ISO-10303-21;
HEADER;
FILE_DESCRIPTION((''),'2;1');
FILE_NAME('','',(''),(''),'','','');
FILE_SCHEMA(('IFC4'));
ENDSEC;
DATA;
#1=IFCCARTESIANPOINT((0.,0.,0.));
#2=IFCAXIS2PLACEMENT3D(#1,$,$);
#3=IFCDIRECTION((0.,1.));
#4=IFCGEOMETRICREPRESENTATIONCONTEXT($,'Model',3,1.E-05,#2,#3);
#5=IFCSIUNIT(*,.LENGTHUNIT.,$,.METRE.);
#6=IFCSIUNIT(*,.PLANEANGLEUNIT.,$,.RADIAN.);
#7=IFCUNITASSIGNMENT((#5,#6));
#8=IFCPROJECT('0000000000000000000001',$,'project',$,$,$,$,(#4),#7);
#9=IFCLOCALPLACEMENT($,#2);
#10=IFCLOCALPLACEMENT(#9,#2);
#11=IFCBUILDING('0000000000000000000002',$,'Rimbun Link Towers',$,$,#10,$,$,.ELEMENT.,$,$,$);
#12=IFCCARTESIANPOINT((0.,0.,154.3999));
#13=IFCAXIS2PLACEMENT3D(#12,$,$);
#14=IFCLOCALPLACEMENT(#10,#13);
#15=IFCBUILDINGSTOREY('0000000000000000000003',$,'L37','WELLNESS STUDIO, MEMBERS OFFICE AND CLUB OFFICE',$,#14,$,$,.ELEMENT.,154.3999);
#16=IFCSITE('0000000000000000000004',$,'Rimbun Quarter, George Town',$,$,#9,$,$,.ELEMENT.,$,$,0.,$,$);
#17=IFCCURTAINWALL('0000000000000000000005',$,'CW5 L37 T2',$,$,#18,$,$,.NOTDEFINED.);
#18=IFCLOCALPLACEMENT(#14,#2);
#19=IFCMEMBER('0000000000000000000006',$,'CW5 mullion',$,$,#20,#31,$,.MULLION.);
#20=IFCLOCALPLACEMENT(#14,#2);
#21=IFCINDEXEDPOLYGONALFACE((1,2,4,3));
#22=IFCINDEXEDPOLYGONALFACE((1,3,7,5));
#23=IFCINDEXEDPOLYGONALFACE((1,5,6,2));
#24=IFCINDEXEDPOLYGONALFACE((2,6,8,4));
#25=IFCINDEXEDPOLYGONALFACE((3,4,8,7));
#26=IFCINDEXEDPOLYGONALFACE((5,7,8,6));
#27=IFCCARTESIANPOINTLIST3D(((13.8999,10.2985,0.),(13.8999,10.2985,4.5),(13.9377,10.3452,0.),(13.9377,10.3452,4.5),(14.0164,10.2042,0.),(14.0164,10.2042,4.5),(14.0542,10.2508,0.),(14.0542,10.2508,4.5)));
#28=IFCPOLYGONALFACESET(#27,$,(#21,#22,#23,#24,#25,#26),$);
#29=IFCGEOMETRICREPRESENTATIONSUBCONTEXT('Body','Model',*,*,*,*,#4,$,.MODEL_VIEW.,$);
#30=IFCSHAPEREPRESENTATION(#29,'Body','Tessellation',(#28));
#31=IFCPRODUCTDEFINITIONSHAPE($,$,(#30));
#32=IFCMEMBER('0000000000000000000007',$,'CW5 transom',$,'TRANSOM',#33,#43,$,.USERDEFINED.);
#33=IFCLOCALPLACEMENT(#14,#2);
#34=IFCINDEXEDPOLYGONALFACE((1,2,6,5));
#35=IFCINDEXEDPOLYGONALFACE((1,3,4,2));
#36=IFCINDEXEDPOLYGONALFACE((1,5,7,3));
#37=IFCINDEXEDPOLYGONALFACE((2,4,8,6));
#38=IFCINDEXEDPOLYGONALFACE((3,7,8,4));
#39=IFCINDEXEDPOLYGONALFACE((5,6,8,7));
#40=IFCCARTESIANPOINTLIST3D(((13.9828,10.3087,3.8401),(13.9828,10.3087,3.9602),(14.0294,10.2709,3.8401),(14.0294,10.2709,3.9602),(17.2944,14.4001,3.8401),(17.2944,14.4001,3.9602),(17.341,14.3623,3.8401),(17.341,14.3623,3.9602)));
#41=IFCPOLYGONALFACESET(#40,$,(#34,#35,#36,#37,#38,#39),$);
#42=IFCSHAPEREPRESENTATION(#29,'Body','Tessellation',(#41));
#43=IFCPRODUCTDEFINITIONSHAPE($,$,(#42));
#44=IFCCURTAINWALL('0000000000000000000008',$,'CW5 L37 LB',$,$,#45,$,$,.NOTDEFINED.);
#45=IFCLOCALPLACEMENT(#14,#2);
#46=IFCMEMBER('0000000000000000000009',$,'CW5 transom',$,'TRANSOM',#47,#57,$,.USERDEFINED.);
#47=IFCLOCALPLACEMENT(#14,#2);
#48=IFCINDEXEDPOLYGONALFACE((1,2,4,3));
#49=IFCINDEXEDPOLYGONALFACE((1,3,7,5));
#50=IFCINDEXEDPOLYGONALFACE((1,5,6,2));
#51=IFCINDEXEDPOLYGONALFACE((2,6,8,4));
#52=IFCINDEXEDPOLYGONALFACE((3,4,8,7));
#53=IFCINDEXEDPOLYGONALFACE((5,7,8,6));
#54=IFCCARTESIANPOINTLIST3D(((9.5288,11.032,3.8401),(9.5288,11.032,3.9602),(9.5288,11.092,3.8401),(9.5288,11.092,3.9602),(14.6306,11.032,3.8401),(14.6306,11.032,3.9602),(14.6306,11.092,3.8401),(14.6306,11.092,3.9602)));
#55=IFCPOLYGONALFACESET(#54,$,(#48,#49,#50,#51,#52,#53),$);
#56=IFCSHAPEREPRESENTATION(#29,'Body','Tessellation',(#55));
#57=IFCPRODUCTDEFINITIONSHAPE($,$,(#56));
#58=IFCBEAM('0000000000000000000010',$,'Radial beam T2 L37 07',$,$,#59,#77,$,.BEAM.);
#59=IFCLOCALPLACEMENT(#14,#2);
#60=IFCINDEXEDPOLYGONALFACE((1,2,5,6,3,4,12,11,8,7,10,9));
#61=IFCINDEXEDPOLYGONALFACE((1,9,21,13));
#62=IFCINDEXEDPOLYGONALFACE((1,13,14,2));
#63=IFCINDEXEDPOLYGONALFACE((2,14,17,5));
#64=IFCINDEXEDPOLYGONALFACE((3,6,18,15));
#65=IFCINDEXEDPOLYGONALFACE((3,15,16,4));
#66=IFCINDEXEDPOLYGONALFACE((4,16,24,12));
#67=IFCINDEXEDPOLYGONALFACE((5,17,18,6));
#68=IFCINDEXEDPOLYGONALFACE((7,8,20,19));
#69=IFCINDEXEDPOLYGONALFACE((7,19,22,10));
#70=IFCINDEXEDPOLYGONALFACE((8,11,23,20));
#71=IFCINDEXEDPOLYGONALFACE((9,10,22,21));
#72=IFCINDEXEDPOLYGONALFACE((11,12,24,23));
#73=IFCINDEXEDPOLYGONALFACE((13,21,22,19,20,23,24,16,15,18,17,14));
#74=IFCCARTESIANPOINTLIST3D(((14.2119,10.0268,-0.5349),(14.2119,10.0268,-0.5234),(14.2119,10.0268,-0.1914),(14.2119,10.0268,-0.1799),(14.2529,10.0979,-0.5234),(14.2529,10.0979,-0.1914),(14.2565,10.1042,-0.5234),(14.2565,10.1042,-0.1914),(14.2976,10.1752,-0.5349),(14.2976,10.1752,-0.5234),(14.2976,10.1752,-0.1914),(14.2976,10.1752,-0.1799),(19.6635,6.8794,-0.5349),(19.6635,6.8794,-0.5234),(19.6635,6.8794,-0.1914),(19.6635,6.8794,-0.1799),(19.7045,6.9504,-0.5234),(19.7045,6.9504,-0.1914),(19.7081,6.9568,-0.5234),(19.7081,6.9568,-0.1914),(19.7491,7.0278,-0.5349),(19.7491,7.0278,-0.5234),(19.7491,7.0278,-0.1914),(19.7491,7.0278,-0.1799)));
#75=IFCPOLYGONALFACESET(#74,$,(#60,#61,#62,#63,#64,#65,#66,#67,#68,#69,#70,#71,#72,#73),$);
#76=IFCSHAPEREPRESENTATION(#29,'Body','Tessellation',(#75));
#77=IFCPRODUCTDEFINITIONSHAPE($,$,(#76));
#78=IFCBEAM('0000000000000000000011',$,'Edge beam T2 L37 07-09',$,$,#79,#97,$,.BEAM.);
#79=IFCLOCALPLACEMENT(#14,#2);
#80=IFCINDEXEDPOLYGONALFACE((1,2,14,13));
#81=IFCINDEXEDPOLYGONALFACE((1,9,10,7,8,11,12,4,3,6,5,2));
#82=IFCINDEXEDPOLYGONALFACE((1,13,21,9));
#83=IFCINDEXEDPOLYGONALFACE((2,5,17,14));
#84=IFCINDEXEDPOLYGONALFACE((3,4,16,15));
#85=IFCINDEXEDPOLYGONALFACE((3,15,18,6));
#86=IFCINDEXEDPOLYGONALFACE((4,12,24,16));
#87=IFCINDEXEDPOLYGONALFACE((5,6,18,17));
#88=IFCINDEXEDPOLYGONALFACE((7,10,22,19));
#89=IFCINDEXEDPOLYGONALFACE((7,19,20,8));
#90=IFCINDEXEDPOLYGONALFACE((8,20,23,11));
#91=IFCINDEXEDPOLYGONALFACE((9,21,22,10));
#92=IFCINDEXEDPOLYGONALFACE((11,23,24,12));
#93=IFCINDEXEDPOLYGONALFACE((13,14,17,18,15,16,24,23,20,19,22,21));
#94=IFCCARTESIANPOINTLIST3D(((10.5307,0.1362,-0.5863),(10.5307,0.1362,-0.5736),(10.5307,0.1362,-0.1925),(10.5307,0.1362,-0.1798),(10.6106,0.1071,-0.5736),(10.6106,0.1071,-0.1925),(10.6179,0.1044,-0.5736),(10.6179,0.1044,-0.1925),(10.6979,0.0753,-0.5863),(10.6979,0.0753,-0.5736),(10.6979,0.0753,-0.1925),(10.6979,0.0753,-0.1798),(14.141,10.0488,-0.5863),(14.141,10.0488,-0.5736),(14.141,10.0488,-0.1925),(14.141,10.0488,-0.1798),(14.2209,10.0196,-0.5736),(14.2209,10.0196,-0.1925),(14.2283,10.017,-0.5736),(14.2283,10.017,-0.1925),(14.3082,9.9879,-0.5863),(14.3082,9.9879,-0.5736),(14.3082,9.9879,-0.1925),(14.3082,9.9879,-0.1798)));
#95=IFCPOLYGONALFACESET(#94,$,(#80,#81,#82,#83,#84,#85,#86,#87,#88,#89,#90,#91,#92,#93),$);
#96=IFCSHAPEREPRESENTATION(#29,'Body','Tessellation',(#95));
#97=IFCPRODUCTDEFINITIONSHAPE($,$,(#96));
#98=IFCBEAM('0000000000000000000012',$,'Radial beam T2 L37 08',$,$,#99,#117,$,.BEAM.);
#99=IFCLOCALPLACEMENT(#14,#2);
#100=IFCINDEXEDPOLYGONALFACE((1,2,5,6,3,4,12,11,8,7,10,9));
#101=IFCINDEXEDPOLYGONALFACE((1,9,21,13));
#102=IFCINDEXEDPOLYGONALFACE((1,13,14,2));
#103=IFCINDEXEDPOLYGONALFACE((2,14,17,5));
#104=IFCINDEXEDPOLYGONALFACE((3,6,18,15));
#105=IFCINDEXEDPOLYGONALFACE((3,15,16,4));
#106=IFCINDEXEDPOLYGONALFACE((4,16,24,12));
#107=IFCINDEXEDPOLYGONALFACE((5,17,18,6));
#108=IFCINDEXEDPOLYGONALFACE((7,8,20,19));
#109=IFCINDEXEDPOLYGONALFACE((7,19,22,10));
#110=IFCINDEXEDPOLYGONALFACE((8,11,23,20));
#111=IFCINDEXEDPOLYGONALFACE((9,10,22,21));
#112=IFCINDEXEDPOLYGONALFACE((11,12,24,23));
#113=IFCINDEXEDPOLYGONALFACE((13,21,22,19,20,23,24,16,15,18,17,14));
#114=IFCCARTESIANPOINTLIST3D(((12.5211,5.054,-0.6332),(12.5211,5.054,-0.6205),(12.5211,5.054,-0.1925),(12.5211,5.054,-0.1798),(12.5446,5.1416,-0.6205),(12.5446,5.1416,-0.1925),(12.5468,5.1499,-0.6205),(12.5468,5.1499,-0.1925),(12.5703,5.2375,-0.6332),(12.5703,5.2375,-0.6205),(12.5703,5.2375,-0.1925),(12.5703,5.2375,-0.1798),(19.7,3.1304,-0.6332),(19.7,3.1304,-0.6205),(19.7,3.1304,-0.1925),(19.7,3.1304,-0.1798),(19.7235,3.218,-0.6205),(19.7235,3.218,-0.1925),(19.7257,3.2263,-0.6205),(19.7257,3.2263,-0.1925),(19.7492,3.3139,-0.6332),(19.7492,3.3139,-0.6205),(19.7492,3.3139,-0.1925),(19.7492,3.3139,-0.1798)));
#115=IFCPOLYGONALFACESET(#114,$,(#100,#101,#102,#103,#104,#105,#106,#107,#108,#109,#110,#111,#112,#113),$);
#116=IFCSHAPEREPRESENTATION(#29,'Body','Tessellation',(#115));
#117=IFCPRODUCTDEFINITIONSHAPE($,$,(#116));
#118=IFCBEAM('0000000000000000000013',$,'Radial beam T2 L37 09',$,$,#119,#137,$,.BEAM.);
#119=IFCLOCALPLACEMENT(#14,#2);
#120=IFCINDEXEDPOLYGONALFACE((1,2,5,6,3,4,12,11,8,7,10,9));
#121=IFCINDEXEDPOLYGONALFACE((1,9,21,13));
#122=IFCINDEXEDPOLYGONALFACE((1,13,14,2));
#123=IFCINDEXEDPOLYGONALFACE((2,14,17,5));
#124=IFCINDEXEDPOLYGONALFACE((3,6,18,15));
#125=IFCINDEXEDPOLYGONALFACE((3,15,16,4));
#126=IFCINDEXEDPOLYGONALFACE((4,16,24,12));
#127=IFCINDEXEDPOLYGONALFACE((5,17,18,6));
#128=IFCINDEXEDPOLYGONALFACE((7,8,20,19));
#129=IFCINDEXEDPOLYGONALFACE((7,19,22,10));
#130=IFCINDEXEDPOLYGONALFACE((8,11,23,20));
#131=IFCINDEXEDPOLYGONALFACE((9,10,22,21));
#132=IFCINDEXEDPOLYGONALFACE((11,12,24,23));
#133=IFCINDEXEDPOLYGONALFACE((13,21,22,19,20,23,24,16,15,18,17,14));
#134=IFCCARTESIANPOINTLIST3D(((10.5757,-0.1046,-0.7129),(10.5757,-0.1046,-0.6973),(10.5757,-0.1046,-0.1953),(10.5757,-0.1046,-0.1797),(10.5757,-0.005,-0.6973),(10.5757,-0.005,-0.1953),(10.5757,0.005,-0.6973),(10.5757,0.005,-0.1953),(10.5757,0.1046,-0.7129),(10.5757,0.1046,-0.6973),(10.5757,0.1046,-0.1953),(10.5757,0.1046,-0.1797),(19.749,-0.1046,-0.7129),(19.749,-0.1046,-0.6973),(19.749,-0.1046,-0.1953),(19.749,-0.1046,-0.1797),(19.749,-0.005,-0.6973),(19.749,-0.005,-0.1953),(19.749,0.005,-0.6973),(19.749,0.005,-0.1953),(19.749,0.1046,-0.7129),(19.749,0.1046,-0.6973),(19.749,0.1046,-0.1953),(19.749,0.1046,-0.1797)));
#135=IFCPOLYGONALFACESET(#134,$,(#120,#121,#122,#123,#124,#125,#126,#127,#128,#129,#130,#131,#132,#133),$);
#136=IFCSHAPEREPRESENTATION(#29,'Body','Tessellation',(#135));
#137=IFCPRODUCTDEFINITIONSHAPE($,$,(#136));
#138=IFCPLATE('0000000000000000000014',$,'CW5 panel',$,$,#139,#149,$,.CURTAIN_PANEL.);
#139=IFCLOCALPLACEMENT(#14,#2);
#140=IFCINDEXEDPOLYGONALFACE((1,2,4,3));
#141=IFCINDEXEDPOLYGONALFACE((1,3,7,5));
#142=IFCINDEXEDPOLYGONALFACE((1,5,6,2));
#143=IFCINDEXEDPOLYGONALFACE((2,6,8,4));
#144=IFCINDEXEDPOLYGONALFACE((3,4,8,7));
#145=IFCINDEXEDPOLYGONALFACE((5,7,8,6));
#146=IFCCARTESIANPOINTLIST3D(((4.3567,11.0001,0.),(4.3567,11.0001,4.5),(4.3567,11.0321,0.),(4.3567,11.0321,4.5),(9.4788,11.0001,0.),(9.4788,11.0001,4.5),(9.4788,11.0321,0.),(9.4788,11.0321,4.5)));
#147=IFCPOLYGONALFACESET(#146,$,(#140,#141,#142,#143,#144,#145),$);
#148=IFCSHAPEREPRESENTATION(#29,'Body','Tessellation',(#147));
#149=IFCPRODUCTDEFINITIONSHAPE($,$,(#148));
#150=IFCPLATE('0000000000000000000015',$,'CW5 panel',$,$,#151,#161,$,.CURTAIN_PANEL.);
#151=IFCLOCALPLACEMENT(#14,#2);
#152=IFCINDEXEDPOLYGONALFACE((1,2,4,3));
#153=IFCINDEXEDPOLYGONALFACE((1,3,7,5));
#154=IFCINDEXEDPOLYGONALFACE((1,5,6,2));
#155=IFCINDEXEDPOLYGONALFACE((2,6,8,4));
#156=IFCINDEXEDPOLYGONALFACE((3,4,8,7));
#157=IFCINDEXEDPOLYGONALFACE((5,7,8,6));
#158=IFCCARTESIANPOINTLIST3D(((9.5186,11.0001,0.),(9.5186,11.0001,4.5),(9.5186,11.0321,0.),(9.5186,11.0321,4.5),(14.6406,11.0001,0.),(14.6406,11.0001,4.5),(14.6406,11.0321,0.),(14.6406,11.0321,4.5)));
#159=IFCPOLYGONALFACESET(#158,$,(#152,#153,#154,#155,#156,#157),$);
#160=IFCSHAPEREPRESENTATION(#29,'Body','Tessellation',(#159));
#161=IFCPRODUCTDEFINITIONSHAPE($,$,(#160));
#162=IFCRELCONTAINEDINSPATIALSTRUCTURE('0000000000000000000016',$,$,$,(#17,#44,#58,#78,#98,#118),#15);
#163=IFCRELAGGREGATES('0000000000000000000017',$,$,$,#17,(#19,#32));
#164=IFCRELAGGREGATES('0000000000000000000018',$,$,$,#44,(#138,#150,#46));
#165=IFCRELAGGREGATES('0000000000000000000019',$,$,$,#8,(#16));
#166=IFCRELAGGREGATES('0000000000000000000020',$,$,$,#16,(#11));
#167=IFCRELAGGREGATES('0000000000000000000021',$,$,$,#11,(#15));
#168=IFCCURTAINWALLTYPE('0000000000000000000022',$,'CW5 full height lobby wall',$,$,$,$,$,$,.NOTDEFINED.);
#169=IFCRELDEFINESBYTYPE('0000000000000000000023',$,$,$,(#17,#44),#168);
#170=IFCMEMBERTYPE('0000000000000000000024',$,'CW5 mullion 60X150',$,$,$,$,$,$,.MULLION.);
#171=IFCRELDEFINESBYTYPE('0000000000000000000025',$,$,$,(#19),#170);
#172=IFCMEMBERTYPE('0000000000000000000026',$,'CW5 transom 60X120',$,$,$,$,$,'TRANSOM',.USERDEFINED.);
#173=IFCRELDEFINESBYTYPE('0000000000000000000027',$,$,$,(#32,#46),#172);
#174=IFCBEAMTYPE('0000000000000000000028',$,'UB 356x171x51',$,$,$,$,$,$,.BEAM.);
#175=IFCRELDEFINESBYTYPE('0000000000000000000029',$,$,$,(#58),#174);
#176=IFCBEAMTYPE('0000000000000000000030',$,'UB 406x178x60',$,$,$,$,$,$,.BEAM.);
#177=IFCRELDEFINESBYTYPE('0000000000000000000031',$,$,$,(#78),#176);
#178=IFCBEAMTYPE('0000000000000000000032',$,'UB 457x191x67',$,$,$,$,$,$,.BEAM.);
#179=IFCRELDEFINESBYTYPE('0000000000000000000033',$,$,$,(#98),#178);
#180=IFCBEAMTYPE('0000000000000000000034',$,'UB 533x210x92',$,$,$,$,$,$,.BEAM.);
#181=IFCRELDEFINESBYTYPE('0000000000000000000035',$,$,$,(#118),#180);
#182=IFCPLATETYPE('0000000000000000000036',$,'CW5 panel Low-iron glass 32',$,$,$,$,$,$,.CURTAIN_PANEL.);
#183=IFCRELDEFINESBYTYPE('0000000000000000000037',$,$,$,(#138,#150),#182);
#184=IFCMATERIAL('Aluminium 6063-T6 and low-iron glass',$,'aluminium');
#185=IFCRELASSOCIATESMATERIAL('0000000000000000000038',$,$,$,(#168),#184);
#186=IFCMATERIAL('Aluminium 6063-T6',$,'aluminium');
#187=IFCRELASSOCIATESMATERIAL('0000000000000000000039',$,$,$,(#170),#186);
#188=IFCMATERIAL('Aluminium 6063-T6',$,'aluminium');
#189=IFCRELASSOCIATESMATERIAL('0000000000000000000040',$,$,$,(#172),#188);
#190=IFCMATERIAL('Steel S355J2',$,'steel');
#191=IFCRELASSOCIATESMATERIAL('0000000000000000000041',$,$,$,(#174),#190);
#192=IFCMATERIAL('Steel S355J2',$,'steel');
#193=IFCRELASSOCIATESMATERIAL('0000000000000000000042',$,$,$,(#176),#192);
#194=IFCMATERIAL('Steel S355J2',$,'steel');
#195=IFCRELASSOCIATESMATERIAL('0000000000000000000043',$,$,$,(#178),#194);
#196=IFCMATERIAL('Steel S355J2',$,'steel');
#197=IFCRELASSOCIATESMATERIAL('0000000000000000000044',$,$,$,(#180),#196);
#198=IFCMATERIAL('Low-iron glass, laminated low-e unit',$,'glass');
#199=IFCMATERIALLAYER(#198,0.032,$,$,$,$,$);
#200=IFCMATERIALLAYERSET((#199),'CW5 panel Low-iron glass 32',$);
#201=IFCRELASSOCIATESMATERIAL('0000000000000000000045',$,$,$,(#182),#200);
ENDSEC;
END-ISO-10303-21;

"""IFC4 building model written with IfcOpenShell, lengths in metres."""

from ifc_helpers import new_model, si_unit, direction, frame, origin, origin_2d, place, context, subcontext, project, spatial, rectangle, i_section, extrude, material, layer, layer_set, material_profile, profile_set, type_object, element, aggregate, save


model = new_model("IFC4")

# Units and contexts
model_context = context("Model", 3, precision=1e-05, world=origin(), true_north=direction((0.0, 1.0)))
body_context = subcontext(model_context, "Body", "Model", "MODEL_VIEW")
ifc_project = project(units=[si_unit("LENGTHUNIT", "METRE"), si_unit("PLANEANGLEUNIT", "RADIAN")], contexts=[model_context])

# Site, building, storey
site_placement = place(None, origin())
site = spatial("IfcSite", under=ifc_project, at=site_placement, Name="Rimbun Quarter, George Town", CompositionType="ELEMENT", RefElevation=0.0)
building_placement = place(site_placement, origin())
building = spatial("IfcBuilding", under=site, at=building_placement, Name="Rimbun Link Towers", CompositionType="ELEMENT")
storey_placement = place(building_placement, frame((0.0, 0.0, 154.3999)))
storey = spatial("IfcBuildingStorey", under=building, at=storey_placement, Name="L37", Description="WELLNESS STUDIO, MEMBERS OFFICE AND CLUB OFFICE", CompositionType="ELEMENT", Elevation=154.3999)

# Curtain wall, members
ifc_material_1 = material(Name="Aluminium 6063-T6 and low-iron glass", Category="aluminium")
curtain_wall_type = type_object("IfcCurtainWallType", Name="CW5 full height lobby wall", PredefinedType="NOTDEFINED", material=ifc_material_1)
curtain_wall_1_placement = place(storey_placement, origin())
curtain_wall_1 = element("IfcCurtainWall", 1, at=curtain_wall_1_placement, inside=storey, type_object=curtain_wall_type, Name="CW5 L37 T2", PredefinedType="NOTDEFINED")
ifc_material_2 = material(Name="Aluminium 6063-T6", Category="aluminium")
ifc_material_profile_1 = material_profile(ifc_material_2, rectangle(XDim=0.1499, YDim=0.0601, at=origin_2d()), Name="MULLION 60X150")
ifc_profile_set_1 = profile_set([ifc_material_profile_1], Name="Aluminium 6063-T6")
member_type_1 = type_object("IfcMemberType", Name="CW5 mullion 60X150", PredefinedType="MULLION", material=ifc_profile_set_1)
member_1_placement = place(storey_placement, frame((13.9771, 10.2747, 0.0), z_axis=(0.0, 0.0, 1.0), x_axis=(-0.777277, 0.629159, 0.0)))
member_1 = element("IfcMember", 2, at=member_1_placement, type_object=member_type_1, Name="CW5 mullion", PredefinedType="MULLION", context=body_context, shape_type="SweptSolid", body=[
    extrude(rectangle(XDim=0.1499, YDim=0.0601, at=origin_2d()), origin(), (0.0, 0.0, 1.0), 4.5),
])
ifc_material_3 = material(Name="Aluminium 6063-T6", Category="aluminium")
ifc_material_profile_2 = material_profile(ifc_material_3, rectangle(XDim=0.0601, YDim=0.1201, at=origin_2d()), Name="TRANSOM 60X120")
ifc_profile_set_2 = profile_set([ifc_material_profile_2], Name="Aluminium 6063-T6")
member_type_2 = type_object("IfcMemberType", Name="CW5 transom 60X120", ElementType="TRANSOM", PredefinedType="USERDEFINED", material=ifc_profile_set_2)
member_2_placement = place(storey_placement, frame((14.0061, 10.2898, 3.9001), z_axis=(0.629142, 0.77729, 0.0), x_axis=(-0.77729, 0.629142, 0.0)))
member_2 = element("IfcMember", 3, at=member_2_placement, type_object=member_type_2, Name="CW5 transom", ObjectType="TRANSOM", PredefinedType="USERDEFINED", context=body_context, shape_type="SweptSolid", body=[
    extrude(rectangle(XDim=0.0601, YDim=0.1201, at=origin_2d()), origin(), (0.0, 0.0, 1.0), 5.2637),
])
aggregate(curtain_wall_1, [member_1, member_2])

# Curtain wall, member
curtain_wall_2_placement = place(storey_placement, origin())
curtain_wall_2 = element("IfcCurtainWall", 4, at=curtain_wall_2_placement, inside=storey, type_object=curtain_wall_type, Name="CW5 L37 LB", PredefinedType="NOTDEFINED")
member_3_placement = place(storey_placement, frame((9.5288, 11.062, 3.9001), z_axis=(1.0, 0.0, 0.0), x_axis=(0.0, 1.0, 0.0)))
member_3 = element("IfcMember", 5, at=member_3_placement, type_object=member_type_2, Name="CW5 transom", ObjectType="TRANSOM", PredefinedType="USERDEFINED", context=body_context, shape_type="SweptSolid", body=[
    extrude(rectangle(XDim=0.0601, YDim=0.1201, at=origin_2d()), origin(), (0.0, 0.0, 1.0), 5.1018),
])

# Beams
ifc_material_4 = material(Name="Steel S355J2", Category="steel")
ifc_material_profile_3 = material_profile(ifc_material_4, i_section(OverallWidth=0.1714, OverallDepth=0.355, WebThickness=0.0073, FlangeThickness=0.0115, at=origin_2d()), Name="UB 356x171x51")
ifc_profile_set_3 = profile_set([ifc_material_profile_3], Name="Steel S355J2")
beam_type_1 = type_object("IfcBeamType", Name="UB 356x171x51", PredefinedType="BEAM", material=ifc_profile_set_3)
beam_1_placement = place(storey_placement, frame((19.7063, 6.9536, -0.3574), z_axis=(-0.866029, 0.499993, 0.0), x_axis=(-0.499993, -0.866029, 0.0)))
element("IfcBeam", 6, at=beam_1_placement, inside=storey, type_object=beam_type_1, Name="Radial beam T2 L37 07", PredefinedType="BEAM", context=body_context, shape_type="SweptSolid", body=[
    extrude(i_section(OverallWidth=0.1714, OverallDepth=0.355, WebThickness=0.0073, FlangeThickness=0.0115, at=origin_2d()), origin(), (0.0, 0.0, 1.0), 6.2949),
])
ifc_material_5 = material(Name="Steel S355J2", Category="steel")
ifc_material_profile_4 = material_profile(ifc_material_5, i_section(OverallWidth=0.178, OverallDepth=0.4065, WebThickness=0.0078, FlangeThickness=0.0127, at=origin_2d()), Name="UB 406x178x60")
ifc_profile_set_4 = profile_set([ifc_material_profile_4], Name="Steel S355J2")
beam_type_2 = type_object("IfcBeamType", Name="UB 406x178x60", PredefinedType="BEAM", material=ifc_profile_set_4)
beam_2_placement = place(storey_placement, frame((14.2246, 10.0183, -0.3831), z_axis=(-0.342226, -0.939618, 0.0), x_axis=(0.939618, -0.342226, 0.0)))
element("IfcBeam", 7, at=beam_2_placement, inside=storey, type_object=beam_type_2, Name="Edge beam T2 L37 07-09", PredefinedType="BEAM", context=body_context, shape_type="SweptSolid", body=[
    extrude(i_section(OverallWidth=0.178, OverallDepth=0.4065, WebThickness=0.0078, FlangeThickness=0.0127, at=origin_2d()), origin(), (0.0, 0.0, 1.0), 10.5496),
])
ifc_material_6 = material(Name="Steel S355J2", Category="steel")
ifc_material_profile_5 = material_profile(ifc_material_6, i_section(OverallWidth=0.1899, OverallDepth=0.4534, WebThickness=0.0085, FlangeThickness=0.0127, at=origin_2d()), Name="UB 457x191x67")
ifc_profile_set_5 = profile_set([ifc_material_profile_5], Name="Steel S355J2")
beam_type_3 = type_object("IfcBeamType", Name="UB 457x191x67", PredefinedType="BEAM", material=ifc_profile_set_5)
beam_3_placement = place(storey_placement, frame((19.7246, 3.2222, -0.4065), z_axis=(-0.965926, 0.258818, 0.0), x_axis=(-0.258818, -0.965926, 0.0)))
element("IfcBeam", 8, at=beam_3_placement, inside=storey, type_object=beam_type_3, Name="Radial beam T2 L37 08", PredefinedType="BEAM", context=body_context, shape_type="SweptSolid", body=[
    extrude(i_section(OverallWidth=0.1899, OverallDepth=0.4534, WebThickness=0.0085, FlangeThickness=0.0127, at=origin_2d()), origin(), (0.0, 0.0, 1.0), 7.4321),
])
ifc_material_7 = material(Name="Steel S355J2", Category="steel")
ifc_material_profile_6 = material_profile(ifc_material_7, i_section(OverallWidth=0.2092, OverallDepth=0.5332, WebThickness=0.01, FlangeThickness=0.0156, at=origin_2d()), Name="UB 533x210x92")
ifc_profile_set_6 = profile_set([ifc_material_profile_6], Name="Steel S355J2")
beam_type_4 = type_object("IfcBeamType", Name="UB 533x210x92", PredefinedType="BEAM", material=ifc_profile_set_6)
beam_4_placement = place(storey_placement, frame((19.749, 0.0, -0.4463), z_axis=(-1.0, 0.0, 0.0), x_axis=(0.0, -1.0, 0.0)))
element("IfcBeam", 9, at=beam_4_placement, inside=storey, type_object=beam_type_4, Name="Radial beam T2 L37 09", PredefinedType="BEAM", context=body_context, shape_type="SweptSolid", body=[
    extrude(i_section(OverallWidth=0.2092, OverallDepth=0.5332, WebThickness=0.01, FlangeThickness=0.0156, at=origin_2d()), origin(), (0.0, 0.0, 1.0), 9.1733),
])

# Plates
ifc_material_8 = material(Name="Low-iron glass, laminated low-e unit", Category="glass")
ifc_layer_1 = layer(ifc_material_8, 0.032)
ifc_layer_set_1 = layer_set([ifc_layer_1], Name="CW5 panel Low-iron glass 32")
plate_type = type_object("IfcPlateType", Name="CW5 panel Low-iron glass 32", PredefinedType="CURTAIN_PANEL", material=ifc_layer_set_1)
plate_1_placement = place(storey_placement, frame((6.9177, 11.0161, 0.0), z_axis=(0.0, 0.0, 1.0), x_axis=(1.0, 0.0, 0.0)))
plate_1 = element("IfcPlate", 10, at=plate_1_placement, type_object=plate_type, Name="CW5 panel", PredefinedType="CURTAIN_PANEL", context=body_context, shape_type="SweptSolid", body=[
    extrude(rectangle(XDim=5.1221, YDim=0.032, at=origin_2d()), origin(), (0.0, 0.0, 1.0), 4.5),
])
plate_2_placement = place(storey_placement, frame((12.0796, 11.0161, 0.0), z_axis=(0.0, 0.0, 1.0), x_axis=(1.0, 0.0, 0.0)))
plate_2 = element("IfcPlate", 11, at=plate_2_placement, type_object=plate_type, Name="CW5 panel", PredefinedType="CURTAIN_PANEL", context=body_context, shape_type="SweptSolid", body=[
    extrude(rectangle(XDim=5.1221, YDim=0.032, at=origin_2d()), origin(), (0.0, 0.0, 1.0), 4.5),
])
aggregate(curtain_wall_2, [plate_1, plate_2, member_3])

save(model, "model.ifc")
